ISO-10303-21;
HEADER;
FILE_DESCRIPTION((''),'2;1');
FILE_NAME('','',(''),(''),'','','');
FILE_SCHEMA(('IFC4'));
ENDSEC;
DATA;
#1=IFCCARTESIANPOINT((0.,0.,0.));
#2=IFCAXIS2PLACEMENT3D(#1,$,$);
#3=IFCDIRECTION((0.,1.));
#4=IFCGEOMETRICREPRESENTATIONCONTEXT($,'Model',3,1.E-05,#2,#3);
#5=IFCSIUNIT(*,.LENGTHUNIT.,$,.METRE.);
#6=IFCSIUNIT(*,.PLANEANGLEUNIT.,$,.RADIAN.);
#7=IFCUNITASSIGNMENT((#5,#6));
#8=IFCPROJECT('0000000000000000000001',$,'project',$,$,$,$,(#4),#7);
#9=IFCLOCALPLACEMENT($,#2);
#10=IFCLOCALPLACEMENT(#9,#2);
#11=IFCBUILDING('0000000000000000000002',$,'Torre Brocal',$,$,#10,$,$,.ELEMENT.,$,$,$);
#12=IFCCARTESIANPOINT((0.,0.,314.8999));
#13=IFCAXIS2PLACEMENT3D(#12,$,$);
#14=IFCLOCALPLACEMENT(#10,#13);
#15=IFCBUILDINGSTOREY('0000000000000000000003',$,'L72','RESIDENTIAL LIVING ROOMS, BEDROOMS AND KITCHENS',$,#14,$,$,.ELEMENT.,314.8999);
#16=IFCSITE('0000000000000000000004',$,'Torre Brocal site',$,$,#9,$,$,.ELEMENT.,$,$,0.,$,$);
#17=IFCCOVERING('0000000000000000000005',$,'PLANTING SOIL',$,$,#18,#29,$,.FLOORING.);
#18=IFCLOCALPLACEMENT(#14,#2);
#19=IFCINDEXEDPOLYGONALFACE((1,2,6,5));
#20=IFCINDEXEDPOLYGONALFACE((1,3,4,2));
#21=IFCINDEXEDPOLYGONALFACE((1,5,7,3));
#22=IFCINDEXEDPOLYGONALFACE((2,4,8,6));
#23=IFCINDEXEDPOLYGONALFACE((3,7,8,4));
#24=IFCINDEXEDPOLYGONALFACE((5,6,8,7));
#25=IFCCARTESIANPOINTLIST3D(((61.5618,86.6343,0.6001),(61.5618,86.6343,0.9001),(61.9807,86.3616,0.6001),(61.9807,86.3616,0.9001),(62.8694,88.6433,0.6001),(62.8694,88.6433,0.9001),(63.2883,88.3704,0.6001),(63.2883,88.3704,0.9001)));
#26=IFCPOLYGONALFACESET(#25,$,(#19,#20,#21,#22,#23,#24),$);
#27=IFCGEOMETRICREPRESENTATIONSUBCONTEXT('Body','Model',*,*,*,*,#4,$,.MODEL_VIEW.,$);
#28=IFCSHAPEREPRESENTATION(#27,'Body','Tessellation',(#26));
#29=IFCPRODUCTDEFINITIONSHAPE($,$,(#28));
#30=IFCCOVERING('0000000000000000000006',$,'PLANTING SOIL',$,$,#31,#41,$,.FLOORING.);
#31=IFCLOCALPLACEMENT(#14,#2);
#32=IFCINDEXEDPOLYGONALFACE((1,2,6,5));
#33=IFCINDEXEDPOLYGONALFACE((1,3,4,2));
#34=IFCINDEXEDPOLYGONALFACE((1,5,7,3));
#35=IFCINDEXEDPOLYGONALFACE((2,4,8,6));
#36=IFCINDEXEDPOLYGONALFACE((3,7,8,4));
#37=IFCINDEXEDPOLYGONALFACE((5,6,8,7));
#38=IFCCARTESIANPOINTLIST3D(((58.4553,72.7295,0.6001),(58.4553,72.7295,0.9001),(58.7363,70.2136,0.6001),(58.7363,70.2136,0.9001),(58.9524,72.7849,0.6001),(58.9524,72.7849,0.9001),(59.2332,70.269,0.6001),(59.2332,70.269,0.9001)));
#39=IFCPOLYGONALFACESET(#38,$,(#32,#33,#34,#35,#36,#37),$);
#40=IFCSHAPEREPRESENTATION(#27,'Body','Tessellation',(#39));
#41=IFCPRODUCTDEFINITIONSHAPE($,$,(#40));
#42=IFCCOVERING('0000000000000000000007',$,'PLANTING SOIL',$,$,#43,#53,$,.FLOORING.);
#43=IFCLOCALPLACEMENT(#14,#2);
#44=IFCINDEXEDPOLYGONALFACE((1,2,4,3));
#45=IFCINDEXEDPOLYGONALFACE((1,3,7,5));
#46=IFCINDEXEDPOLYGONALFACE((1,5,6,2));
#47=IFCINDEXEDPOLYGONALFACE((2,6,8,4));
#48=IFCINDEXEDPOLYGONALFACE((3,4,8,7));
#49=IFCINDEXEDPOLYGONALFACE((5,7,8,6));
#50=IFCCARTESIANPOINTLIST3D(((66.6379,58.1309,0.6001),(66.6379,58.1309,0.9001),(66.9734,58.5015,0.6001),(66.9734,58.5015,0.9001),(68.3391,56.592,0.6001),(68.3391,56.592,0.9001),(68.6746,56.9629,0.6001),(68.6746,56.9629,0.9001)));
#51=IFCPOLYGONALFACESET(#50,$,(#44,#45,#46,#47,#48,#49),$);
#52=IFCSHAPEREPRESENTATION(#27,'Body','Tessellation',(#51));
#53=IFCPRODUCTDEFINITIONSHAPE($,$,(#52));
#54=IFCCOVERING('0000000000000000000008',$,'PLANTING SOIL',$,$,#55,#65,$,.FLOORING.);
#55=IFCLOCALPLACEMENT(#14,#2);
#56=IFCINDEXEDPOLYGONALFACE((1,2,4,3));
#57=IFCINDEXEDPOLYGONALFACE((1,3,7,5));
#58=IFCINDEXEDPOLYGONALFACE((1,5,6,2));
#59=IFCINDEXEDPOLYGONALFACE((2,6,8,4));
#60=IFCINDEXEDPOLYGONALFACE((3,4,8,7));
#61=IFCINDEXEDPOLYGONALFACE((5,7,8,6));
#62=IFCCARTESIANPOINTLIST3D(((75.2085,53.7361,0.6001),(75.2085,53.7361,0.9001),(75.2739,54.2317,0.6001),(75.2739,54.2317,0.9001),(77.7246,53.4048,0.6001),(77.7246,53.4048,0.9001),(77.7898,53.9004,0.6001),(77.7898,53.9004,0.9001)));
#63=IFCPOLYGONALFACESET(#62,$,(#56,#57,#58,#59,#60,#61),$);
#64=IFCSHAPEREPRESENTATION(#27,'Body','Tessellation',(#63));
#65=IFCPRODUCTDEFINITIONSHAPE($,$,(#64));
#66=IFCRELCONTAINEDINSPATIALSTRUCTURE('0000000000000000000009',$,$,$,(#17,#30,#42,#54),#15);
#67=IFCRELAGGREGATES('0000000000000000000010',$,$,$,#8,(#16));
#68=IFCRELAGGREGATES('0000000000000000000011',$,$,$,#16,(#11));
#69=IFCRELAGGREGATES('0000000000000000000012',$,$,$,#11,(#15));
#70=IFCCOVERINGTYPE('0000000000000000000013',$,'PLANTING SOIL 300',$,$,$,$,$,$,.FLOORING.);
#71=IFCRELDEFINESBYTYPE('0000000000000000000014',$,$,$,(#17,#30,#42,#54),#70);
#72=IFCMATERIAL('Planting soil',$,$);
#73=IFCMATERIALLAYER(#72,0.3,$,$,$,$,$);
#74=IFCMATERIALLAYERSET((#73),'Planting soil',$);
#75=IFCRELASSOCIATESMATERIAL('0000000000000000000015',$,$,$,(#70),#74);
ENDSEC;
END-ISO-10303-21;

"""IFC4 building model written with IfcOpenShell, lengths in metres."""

from ifc_helpers import new_model, si_unit, direction, frame, origin, place, context, subcontext, project, spatial, polyline, outline, extrude, material, layer, layer_set, type_object, element, save


model = new_model("IFC4")

# Units and contexts
model_context = context("Model", 3, precision=1e-05, world=origin(), true_north=direction((0.0, 1.0)))
body_context = subcontext(model_context, "Body", "Model", "MODEL_VIEW")
ifc_project = project(units=[si_unit("LENGTHUNIT", "METRE"), si_unit("PLANEANGLEUNIT", "RADIAN")], contexts=[model_context])

# Site, building, storey
site_placement = place(None, origin())
site = spatial("IfcSite", under=ifc_project, at=site_placement, Name="Torre Brocal site", CompositionType="ELEMENT", RefElevation=0.0)
building_placement = place(site_placement, origin())
building = spatial("IfcBuilding", under=site, at=building_placement, Name="Torre Brocal", CompositionType="ELEMENT")
storey_placement = place(building_placement, frame((0.0, 0.0, 314.8999)))
storey = spatial("IfcBuildingStorey", under=building, at=storey_placement, Name="L72", Description="RESIDENTIAL LIVING ROOMS, BEDROOMS AND KITCHENS", CompositionType="ELEMENT", Elevation=314.8999)

# Coverings
ifc_material_1 = material(Name="Planting soil")
ifc_layer_1 = layer(ifc_material_1, 0.3)
ifc_layer_set_1 = layer_set([ifc_layer_1], Name="Planting soil")
covering_type = type_object("IfcCoveringType", Name="PLANTING SOIL 300", PredefinedType="FLOORING", material=ifc_layer_set_1)
covering_1_placement = place(storey_placement, frame((0.0, 0.0, 0.6001)))
element("IfcCovering", 1, at=covering_1_placement, inside=storey, type_object=covering_type, Name="PLANTING SOIL", PredefinedType="FLOORING", context=body_context, shape_type="SweptSolid", body=[
    extrude(outline(polyline([(63.2883, 88.3704), (61.9807, 86.3616), (61.5618, 86.6343), (62.8694, 88.6433), (63.2883, 88.3704)])), origin(), (0.0, 0.0, 1.0), 0.3),
])
covering_2_placement = place(storey_placement, frame((0.0, 0.0, 0.6001)))
element("IfcCovering", 2, at=covering_2_placement, inside=storey, type_object=covering_type, Name="PLANTING SOIL", PredefinedType="FLOORING", context=body_context, shape_type="SweptSolid", body=[
    extrude(outline(polyline([(58.9524, 72.7849), (59.2332, 70.269), (58.7363, 70.2136), (58.4553, 72.7295), (58.9524, 72.7849)])), origin(), (0.0, 0.0, 1.0), 0.3),
])
covering_3_placement = place(storey_placement, frame((0.0, 0.0, 0.6001)))
element("IfcCovering", 3, at=covering_3_placement, inside=storey, type_object=covering_type, Name="PLANTING SOIL", PredefinedType="FLOORING", context=body_context, shape_type="SweptSolid", body=[
    extrude(outline(polyline([(66.9734, 58.5015), (68.6746, 56.9629), (68.3391, 56.592), (66.6379, 58.1309), (66.9734, 58.5015)])), origin(), (0.0, 0.0, 1.0), 0.3),
])
covering_4_placement = place(storey_placement, frame((0.0, 0.0, 0.6001)))
element("IfcCovering", 4, at=covering_4_placement, inside=storey, type_object=covering_type, Name="PLANTING SOIL", PredefinedType="FLOORING", context=body_context, shape_type="SweptSolid", body=[
    extrude(outline(polyline([(75.2739, 54.2317), (77.7898, 53.9004), (77.7246, 53.4048), (75.2085, 53.7361), (75.2739, 54.2317)])), origin(), (0.0, 0.0, 1.0), 0.3),
])

save(model, "model.ifc")
